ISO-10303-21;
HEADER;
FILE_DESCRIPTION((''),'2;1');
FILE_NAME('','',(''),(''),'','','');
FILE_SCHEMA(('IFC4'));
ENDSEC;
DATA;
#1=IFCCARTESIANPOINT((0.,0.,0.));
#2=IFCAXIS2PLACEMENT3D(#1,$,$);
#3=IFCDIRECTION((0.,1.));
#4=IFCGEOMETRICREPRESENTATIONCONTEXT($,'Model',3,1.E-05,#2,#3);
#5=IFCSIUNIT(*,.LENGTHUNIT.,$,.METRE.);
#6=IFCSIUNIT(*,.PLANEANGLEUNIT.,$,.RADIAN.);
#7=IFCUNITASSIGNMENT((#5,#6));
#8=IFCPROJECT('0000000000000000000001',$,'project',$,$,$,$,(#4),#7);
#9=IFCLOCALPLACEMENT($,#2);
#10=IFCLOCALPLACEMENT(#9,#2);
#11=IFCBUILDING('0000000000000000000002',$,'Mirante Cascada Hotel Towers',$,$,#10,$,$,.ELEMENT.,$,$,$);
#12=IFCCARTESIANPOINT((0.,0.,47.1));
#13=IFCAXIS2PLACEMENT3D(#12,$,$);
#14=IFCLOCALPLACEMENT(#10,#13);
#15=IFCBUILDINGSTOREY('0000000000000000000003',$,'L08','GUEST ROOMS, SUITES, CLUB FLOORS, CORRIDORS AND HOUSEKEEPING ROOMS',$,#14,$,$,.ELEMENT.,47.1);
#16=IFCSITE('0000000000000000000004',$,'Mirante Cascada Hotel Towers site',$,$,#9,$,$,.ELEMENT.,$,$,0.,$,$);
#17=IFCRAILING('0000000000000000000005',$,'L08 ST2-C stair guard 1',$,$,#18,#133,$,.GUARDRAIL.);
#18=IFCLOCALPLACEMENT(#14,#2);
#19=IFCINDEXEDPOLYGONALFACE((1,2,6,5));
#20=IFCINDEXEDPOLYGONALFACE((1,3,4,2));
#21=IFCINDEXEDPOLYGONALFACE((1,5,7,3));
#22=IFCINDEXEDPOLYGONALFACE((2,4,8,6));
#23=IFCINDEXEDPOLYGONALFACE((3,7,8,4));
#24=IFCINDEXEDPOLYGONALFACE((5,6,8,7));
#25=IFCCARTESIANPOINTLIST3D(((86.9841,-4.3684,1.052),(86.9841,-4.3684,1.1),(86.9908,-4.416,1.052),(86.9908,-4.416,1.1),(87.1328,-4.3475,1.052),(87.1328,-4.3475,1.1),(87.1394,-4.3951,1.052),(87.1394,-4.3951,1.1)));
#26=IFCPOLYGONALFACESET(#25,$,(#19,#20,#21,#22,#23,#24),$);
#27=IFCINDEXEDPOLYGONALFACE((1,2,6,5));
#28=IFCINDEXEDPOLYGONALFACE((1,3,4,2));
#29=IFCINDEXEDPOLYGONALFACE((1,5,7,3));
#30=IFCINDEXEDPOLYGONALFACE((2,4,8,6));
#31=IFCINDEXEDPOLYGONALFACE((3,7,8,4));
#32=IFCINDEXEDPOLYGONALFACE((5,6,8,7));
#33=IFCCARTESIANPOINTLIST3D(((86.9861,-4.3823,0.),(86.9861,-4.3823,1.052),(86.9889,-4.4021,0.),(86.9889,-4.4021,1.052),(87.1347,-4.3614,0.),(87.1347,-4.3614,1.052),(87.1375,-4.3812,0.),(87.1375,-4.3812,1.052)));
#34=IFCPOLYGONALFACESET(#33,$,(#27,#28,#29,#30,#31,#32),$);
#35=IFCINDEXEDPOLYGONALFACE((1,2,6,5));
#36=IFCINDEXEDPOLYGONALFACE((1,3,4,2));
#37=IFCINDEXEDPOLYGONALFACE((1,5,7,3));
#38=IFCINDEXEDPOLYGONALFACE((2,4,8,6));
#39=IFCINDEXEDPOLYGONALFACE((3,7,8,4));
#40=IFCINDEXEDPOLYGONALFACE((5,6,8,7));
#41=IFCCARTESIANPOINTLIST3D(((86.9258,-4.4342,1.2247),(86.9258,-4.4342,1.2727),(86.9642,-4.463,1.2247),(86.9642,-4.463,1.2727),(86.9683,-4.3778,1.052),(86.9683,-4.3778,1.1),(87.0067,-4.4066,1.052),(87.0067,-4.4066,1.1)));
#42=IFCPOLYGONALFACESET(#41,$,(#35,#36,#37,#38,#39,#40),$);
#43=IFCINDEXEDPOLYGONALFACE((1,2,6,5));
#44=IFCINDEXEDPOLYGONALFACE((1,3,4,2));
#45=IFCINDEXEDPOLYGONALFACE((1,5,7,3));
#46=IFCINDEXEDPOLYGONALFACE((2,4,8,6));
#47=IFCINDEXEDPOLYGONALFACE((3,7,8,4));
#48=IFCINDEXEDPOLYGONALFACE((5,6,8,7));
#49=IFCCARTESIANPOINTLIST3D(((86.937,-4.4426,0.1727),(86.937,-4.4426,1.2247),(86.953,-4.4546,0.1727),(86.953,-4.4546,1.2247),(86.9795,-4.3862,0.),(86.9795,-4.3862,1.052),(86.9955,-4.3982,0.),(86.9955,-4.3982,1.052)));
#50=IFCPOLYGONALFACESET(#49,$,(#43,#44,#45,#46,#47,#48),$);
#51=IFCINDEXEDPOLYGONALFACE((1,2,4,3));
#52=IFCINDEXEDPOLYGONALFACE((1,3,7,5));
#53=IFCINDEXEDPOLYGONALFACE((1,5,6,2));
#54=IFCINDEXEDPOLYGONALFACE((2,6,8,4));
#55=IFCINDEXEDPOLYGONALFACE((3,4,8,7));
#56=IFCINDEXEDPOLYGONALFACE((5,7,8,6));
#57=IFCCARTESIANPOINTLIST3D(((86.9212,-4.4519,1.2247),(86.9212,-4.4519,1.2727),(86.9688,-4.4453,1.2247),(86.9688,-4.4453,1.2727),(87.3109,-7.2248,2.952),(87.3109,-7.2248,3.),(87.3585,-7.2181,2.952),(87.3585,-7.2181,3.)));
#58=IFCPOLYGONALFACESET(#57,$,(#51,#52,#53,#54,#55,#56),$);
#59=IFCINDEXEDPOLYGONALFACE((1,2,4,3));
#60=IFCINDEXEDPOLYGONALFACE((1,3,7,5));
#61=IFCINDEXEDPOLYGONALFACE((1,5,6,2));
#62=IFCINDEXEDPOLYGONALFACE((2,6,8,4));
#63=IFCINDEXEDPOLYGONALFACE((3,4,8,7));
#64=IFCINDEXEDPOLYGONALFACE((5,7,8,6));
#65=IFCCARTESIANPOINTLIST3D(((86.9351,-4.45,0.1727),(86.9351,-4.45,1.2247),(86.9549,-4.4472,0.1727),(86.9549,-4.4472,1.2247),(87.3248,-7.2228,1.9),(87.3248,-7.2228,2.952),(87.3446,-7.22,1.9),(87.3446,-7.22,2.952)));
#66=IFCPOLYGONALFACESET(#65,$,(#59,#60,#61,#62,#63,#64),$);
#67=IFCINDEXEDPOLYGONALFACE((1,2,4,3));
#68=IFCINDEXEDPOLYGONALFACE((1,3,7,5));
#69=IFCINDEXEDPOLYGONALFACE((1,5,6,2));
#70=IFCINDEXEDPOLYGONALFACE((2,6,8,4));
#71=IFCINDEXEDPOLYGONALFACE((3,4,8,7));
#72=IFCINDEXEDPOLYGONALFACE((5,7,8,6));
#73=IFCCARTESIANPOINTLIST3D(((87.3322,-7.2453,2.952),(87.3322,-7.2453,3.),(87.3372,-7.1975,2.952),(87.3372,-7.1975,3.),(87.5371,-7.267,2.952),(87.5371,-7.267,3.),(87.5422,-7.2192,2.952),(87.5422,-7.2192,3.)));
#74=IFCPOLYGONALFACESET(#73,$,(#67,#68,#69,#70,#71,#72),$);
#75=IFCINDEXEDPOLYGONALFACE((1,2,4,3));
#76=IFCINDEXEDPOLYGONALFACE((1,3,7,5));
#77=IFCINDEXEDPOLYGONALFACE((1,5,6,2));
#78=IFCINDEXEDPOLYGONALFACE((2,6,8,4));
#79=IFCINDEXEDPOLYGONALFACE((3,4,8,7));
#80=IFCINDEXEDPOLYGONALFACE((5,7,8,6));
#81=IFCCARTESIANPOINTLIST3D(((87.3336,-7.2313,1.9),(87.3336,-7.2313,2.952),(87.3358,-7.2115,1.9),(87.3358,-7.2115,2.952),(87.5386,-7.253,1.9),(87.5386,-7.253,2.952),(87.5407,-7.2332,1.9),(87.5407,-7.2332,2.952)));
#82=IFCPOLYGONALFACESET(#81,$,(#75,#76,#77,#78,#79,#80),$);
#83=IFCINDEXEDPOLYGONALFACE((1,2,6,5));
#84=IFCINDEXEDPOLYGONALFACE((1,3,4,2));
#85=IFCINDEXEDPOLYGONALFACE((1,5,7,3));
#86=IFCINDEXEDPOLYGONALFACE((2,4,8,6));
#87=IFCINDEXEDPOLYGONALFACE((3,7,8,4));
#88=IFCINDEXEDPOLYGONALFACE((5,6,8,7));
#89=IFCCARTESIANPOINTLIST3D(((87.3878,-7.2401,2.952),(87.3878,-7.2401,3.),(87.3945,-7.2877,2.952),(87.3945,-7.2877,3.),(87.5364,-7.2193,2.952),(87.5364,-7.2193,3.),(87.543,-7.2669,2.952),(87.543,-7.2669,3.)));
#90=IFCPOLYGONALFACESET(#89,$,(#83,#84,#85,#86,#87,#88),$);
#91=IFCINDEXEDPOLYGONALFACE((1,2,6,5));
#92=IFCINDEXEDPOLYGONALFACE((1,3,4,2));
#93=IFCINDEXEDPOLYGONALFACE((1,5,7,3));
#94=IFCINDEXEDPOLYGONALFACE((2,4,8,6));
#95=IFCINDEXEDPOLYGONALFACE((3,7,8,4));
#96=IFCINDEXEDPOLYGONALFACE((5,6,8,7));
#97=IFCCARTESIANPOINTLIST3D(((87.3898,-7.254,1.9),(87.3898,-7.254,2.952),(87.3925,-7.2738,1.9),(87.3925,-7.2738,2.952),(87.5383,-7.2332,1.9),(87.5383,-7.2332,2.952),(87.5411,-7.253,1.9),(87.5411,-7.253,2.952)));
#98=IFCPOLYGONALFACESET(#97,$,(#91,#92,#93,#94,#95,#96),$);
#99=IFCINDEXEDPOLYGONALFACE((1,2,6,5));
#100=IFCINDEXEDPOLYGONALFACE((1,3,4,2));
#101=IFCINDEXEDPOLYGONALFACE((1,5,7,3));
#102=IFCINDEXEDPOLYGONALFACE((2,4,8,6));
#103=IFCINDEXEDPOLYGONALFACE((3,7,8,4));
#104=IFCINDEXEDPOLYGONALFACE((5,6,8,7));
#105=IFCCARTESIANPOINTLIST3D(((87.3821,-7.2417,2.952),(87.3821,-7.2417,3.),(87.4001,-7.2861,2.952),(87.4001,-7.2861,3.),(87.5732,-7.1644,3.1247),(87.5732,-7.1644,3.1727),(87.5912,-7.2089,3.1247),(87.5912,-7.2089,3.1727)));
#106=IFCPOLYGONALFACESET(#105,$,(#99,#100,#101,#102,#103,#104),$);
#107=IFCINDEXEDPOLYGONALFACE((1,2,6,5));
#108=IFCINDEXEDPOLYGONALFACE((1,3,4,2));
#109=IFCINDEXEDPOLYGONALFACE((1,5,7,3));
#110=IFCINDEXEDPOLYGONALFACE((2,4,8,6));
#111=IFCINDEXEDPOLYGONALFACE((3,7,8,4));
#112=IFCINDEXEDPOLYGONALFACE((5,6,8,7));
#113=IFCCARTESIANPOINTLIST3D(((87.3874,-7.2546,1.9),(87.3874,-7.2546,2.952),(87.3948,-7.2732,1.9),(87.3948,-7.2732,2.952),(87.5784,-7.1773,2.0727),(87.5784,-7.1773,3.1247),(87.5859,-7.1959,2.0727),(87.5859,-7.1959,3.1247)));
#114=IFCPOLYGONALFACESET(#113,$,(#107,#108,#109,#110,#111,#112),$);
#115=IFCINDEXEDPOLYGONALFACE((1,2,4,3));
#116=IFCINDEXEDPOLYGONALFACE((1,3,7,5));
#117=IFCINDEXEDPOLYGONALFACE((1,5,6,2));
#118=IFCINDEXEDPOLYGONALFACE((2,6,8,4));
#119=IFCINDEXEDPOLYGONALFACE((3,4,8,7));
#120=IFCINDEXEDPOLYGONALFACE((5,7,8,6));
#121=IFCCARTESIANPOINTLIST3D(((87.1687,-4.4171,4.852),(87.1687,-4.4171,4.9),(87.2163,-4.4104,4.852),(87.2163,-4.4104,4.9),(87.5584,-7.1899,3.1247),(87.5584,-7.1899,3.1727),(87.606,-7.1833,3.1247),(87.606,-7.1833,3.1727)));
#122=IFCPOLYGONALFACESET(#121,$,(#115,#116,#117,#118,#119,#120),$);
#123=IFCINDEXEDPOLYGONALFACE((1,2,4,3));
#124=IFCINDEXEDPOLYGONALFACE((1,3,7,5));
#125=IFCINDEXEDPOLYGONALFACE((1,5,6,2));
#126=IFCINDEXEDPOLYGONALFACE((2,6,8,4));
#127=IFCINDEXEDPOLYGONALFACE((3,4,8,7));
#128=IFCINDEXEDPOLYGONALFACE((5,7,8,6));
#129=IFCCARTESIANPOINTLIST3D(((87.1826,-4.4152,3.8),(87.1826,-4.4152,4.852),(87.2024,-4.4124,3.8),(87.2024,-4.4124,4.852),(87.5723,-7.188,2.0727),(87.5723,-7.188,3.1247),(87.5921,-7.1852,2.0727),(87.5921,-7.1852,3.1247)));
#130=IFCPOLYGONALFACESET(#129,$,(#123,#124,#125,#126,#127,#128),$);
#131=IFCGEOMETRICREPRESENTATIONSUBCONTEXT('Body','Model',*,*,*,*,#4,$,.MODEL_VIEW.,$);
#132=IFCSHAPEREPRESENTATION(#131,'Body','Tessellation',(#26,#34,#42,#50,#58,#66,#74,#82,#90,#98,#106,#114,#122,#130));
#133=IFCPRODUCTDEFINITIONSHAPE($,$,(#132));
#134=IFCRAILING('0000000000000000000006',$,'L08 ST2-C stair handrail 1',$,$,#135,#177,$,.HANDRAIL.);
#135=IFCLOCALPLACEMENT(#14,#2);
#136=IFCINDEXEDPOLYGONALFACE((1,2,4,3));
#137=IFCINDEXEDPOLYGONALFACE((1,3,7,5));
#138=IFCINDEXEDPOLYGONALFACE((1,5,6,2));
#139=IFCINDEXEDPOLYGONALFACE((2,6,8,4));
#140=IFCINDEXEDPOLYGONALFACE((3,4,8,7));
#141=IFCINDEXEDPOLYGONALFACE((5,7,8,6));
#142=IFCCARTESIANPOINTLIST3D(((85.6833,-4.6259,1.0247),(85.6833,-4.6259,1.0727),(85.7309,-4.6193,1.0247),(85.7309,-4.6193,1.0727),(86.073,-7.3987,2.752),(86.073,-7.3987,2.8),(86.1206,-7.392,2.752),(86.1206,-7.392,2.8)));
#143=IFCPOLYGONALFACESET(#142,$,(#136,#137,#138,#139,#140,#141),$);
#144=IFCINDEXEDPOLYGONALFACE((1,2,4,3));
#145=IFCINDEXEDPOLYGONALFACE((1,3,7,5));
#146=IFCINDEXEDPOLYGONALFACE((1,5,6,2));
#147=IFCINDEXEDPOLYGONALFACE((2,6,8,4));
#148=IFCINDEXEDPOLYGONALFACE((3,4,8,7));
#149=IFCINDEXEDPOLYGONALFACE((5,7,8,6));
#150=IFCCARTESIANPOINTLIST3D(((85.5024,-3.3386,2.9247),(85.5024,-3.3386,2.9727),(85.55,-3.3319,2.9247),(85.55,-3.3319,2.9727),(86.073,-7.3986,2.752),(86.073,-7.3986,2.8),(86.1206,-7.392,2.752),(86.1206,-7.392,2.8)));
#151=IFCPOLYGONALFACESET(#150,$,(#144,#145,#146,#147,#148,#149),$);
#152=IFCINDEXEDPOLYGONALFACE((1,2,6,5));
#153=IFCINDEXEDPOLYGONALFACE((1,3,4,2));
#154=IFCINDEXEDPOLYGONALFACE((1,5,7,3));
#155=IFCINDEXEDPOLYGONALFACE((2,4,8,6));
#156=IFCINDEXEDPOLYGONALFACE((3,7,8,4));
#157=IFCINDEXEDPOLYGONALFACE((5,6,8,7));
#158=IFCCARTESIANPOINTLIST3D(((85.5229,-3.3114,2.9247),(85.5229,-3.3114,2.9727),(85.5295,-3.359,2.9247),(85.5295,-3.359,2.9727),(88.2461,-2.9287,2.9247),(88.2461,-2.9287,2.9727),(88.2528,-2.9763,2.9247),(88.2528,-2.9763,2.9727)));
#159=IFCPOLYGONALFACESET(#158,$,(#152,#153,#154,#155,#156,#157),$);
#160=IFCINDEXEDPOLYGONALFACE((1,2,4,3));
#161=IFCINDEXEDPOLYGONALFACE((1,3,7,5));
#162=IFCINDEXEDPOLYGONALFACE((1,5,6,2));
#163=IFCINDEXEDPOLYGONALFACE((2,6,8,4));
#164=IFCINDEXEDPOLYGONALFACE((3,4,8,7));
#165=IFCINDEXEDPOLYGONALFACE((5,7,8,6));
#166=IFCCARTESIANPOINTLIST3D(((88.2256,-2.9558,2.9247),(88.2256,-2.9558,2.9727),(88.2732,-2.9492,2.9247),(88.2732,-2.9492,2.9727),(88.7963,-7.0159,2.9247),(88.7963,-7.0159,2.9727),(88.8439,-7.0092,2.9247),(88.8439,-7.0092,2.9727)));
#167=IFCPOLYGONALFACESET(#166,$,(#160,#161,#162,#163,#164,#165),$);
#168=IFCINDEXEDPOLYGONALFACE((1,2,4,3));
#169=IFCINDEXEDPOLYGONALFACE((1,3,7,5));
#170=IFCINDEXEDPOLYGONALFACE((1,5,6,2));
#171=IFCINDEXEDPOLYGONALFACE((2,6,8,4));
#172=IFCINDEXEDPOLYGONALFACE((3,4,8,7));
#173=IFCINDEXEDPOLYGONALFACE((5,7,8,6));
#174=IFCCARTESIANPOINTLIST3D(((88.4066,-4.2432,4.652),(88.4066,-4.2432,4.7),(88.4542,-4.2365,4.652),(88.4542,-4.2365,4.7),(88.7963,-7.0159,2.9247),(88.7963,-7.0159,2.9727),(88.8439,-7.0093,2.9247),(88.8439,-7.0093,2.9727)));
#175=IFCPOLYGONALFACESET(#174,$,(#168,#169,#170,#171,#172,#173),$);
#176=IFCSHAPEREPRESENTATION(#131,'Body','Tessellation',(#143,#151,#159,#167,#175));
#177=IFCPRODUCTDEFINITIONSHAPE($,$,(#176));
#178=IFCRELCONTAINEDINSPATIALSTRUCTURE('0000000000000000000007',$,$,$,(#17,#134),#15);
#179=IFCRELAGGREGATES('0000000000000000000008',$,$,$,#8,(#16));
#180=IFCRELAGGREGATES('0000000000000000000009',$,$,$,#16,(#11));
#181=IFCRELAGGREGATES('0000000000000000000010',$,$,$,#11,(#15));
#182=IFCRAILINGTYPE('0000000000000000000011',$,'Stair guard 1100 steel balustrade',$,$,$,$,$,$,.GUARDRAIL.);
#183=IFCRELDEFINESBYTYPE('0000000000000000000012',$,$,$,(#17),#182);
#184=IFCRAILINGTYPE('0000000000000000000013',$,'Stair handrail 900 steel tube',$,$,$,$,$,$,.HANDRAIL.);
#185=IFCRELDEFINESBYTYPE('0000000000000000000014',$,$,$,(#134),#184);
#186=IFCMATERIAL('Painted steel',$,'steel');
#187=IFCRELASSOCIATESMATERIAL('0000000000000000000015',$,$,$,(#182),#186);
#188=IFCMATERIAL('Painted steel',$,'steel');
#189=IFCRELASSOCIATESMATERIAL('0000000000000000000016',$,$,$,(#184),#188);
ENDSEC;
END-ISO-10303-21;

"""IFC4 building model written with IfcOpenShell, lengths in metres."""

from ifc_helpers import new_model, si_unit, direction, frame, origin, origin_2d, place, context, subcontext, project, spatial, rectangle, extrude, material, type_object, element, save


model = new_model("IFC4")

# Units and contexts
model_context = context("Model", 3, precision=1e-05, world=origin(), true_north=direction((0.0, 1.0)))
body_context = subcontext(model_context, "Body", "Model", "MODEL_VIEW")
ifc_project = project(units=[si_unit("LENGTHUNIT", "METRE"), si_unit("PLANEANGLEUNIT", "RADIAN")], contexts=[model_context])

# Site, building, storey
site_placement = place(None, origin())
site = spatial("IfcSite", under=ifc_project, at=site_placement, Name="Mirante Cascada Hotel Towers site", CompositionType="ELEMENT", RefElevation=0.0)
building_placement = place(site_placement, origin())
building = spatial("IfcBuilding", under=site, at=building_placement, Name="Mirante Cascada Hotel Towers", CompositionType="ELEMENT")
storey_placement = place(building_placement, frame((0.0, 0.0, 47.1)))
storey = spatial("IfcBuildingStorey", under=building, at=storey_placement, Name="L08", Description="GUEST ROOMS, SUITES, CLUB FLOORS, CORRIDORS AND HOUSEKEEPING ROOMS", CompositionType="ELEMENT", Elevation=47.1)

# Railings
ifc_material_1 = material(Name="Painted steel", Category="steel")
railing_type_1 = type_object("IfcRailingType", Name="Stair guard 1100 steel balustrade", PredefinedType="GUARDRAIL", material=ifc_material_1)
railing_1_placement = place(storey_placement, frame((87.1361, -4.3713, 0.0)))
element("IfcRailing", 1, at=railing_1_placement, inside=storey, type_object=railing_type_1, Name="L08 ST2-C stair guard 1", PredefinedType="GUARDRAIL", context=body_context, shape_type="SweptSolid", body=[
    extrude(rectangle(XDim=0.048, YDim=0.048, at=origin_2d()), frame((0.0, 0.0, 1.076), z_axis=(-0.990254, -0.139275, 0.0), x_axis=(0.139275, -0.990254, 0.0)), (0.0, 0.0, 1.0), 0.1501),
    extrude(rectangle(XDim=0.02, YDim=1.052, at=origin_2d()), frame((0.0, 0.0, 0.526), z_axis=(-0.990254, -0.139275, 0.0), x_axis=(0.139275, -0.990254, 0.0)), (0.0, 0.0, 1.0), 0.1501),
    extrude(rectangle(XDim=0.048, YDim=0.048, at=origin_2d()), frame((-0.1486, -0.0209, 1.076), z_axis=(-0.601811, -0.798639, 0.0), x_axis=(0.798639, -0.601811, 0.0)), (0.0, 0.925603, 0.378496), 0.1866),
    extrude(rectangle(XDim=0.02, YDim=1.052, at=origin_2d()), frame((-0.1486, -0.0209, 0.526), z_axis=(-0.601811, -0.798639, 0.0), x_axis=(0.798639, -0.601811, 0.0)), (0.0, 0.925603, 0.378496), 0.1866),
    extrude(rectangle(XDim=0.048, YDim=0.048, at=origin_2d()), frame((-0.1911, -0.0773, 1.2487), z_axis=(0.139176, -0.990268, 0.0), x_axis=(0.990268, 0.139176, 0.0)), (0.0, 0.525021, 0.851089), 3.29),
    extrude(rectangle(XDim=0.02, YDim=1.052, at=origin_2d()), frame((-0.1911, -0.0773, 0.6987), z_axis=(0.139176, -0.990268, 0.0), x_axis=(0.990268, 0.139176, 0.0)), (0.0, 0.525021, 0.851089), 3.29),
    extrude(rectangle(XDim=0.048, YDim=0.048, at=origin_2d()), frame((0.1986, -2.8501, 2.976), z_axis=(0.994444, -0.105266, 0.0), x_axis=(0.105266, 0.994444, 0.0)), (0.0, 0.0, 1.0), 0.2061),
    extrude(rectangle(XDim=0.02, YDim=1.052, at=origin_2d()), frame((0.1986, -2.8501, 2.426), z_axis=(0.994444, -0.105266, 0.0), x_axis=(0.105266, 0.994444, 0.0)), (0.0, 0.0, 1.0), 0.2061),
    extrude(rectangle(XDim=0.048, YDim=0.048, at=origin_2d()), frame((0.4036, -2.8718, 2.976), z_axis=(-0.990345, -0.138622, 0.0), x_axis=(0.138622, -0.990345, 0.0)), (0.0, 0.0, 1.0), 0.15),
    extrude(rectangle(XDim=0.02, YDim=1.052, at=origin_2d()), frame((0.4036, -2.8718, 2.426), z_axis=(-0.990345, -0.138622, 0.0), x_axis=(0.138622, -0.990345, 0.0)), (0.0, 0.0, 1.0), 0.15),
    extrude(rectangle(XDim=0.048, YDim=0.048, at=origin_2d()), frame((0.255, -2.8926, 2.976), z_axis=(0.927031, 0.374984, 0.0), x_axis=(-0.374984, 0.927031, 0.0)), (0.0, 0.64219, 0.766545), 0.2689),
    extrude(rectangle(XDim=0.02, YDim=1.052, at=origin_2d()), frame((0.255, -2.8926, 2.426), z_axis=(0.927031, 0.374984, 0.0), x_axis=(-0.374984, 0.927031, 0.0)), (0.0, 0.64219, 0.766545), 0.2689),
    extrude(rectangle(XDim=0.048, YDim=0.048, at=origin_2d()), frame((0.4461, -2.8153, 3.1487), z_axis=(-0.139176, 0.990268, 0.0), x_axis=(-0.990268, -0.139176, 0.0)), (0.0, 0.525021, 0.851089), 3.29),
    extrude(rectangle(XDim=0.02, YDim=1.052, at=origin_2d()), frame((0.4461, -2.8153, 2.5987), z_axis=(-0.139176, 0.990268, 0.0), x_axis=(-0.990268, -0.139176, 0.0)), (0.0, 0.525021, 0.851089), 3.29),
])
ifc_material_2 = material(Name="Painted steel", Category="steel")
railing_type_2 = type_object("IfcRailingType", Name="Stair handrail 900 steel tube", PredefinedType="HANDRAIL", material=ifc_material_2)
railing_2_placement = place(storey_placement, frame((85.7071, -4.6226, 0.1727)))
element("IfcRailing", 2, at=railing_2_placement, inside=storey, type_object=railing_type_2, Name="L08 ST2-C stair handrail 1", PredefinedType="HANDRAIL", context=body_context, shape_type="SweptSolid", body=[
    extrude(rectangle(XDim=0.048, YDim=0.048, at=origin_2d()), frame((0.0, 0.0, 0.876), z_axis=(0.139181, -0.990267, 0.0), x_axis=(0.990267, 0.139181, 0.0)), (0.0, 0.525035, 0.851081), 3.2899),
    extrude(rectangle(XDim=0.048, YDim=0.048, at=origin_2d()), frame((0.3897, -2.7727, 2.6033), z_axis=(-0.139171, 0.990268, 0.0), x_axis=(-0.990268, -0.139171, 0.0)), (0.0, 0.042085, 0.999114), 4.1036),
    extrude(rectangle(XDim=0.048, YDim=0.048, at=origin_2d()), frame((-0.1809, 1.2874, 2.776), z_axis=(0.990269, 0.139166, 0.0), x_axis=(-0.139166, 0.990269, 0.0)), (0.0, 0.0, 1.0), 2.75),
    extrude(rectangle(XDim=0.048, YDim=0.048, at=origin_2d()), frame((2.5423, 1.6701, 2.776), z_axis=(0.139195, -0.990265, 0.0), x_axis=(0.990265, 0.139195, 0.0)), (0.0, 0.0, 1.0), 4.1),
    extrude(rectangle(XDim=0.048, YDim=0.048, at=origin_2d()), frame((3.113, -2.39, 2.776), z_axis=(-0.139181, 0.990267, 0.0), x_axis=(-0.990267, -0.139181, 0.0)), (0.0, 0.525035, 0.851081), 3.2899),
])

save(model, "model.ifc")
